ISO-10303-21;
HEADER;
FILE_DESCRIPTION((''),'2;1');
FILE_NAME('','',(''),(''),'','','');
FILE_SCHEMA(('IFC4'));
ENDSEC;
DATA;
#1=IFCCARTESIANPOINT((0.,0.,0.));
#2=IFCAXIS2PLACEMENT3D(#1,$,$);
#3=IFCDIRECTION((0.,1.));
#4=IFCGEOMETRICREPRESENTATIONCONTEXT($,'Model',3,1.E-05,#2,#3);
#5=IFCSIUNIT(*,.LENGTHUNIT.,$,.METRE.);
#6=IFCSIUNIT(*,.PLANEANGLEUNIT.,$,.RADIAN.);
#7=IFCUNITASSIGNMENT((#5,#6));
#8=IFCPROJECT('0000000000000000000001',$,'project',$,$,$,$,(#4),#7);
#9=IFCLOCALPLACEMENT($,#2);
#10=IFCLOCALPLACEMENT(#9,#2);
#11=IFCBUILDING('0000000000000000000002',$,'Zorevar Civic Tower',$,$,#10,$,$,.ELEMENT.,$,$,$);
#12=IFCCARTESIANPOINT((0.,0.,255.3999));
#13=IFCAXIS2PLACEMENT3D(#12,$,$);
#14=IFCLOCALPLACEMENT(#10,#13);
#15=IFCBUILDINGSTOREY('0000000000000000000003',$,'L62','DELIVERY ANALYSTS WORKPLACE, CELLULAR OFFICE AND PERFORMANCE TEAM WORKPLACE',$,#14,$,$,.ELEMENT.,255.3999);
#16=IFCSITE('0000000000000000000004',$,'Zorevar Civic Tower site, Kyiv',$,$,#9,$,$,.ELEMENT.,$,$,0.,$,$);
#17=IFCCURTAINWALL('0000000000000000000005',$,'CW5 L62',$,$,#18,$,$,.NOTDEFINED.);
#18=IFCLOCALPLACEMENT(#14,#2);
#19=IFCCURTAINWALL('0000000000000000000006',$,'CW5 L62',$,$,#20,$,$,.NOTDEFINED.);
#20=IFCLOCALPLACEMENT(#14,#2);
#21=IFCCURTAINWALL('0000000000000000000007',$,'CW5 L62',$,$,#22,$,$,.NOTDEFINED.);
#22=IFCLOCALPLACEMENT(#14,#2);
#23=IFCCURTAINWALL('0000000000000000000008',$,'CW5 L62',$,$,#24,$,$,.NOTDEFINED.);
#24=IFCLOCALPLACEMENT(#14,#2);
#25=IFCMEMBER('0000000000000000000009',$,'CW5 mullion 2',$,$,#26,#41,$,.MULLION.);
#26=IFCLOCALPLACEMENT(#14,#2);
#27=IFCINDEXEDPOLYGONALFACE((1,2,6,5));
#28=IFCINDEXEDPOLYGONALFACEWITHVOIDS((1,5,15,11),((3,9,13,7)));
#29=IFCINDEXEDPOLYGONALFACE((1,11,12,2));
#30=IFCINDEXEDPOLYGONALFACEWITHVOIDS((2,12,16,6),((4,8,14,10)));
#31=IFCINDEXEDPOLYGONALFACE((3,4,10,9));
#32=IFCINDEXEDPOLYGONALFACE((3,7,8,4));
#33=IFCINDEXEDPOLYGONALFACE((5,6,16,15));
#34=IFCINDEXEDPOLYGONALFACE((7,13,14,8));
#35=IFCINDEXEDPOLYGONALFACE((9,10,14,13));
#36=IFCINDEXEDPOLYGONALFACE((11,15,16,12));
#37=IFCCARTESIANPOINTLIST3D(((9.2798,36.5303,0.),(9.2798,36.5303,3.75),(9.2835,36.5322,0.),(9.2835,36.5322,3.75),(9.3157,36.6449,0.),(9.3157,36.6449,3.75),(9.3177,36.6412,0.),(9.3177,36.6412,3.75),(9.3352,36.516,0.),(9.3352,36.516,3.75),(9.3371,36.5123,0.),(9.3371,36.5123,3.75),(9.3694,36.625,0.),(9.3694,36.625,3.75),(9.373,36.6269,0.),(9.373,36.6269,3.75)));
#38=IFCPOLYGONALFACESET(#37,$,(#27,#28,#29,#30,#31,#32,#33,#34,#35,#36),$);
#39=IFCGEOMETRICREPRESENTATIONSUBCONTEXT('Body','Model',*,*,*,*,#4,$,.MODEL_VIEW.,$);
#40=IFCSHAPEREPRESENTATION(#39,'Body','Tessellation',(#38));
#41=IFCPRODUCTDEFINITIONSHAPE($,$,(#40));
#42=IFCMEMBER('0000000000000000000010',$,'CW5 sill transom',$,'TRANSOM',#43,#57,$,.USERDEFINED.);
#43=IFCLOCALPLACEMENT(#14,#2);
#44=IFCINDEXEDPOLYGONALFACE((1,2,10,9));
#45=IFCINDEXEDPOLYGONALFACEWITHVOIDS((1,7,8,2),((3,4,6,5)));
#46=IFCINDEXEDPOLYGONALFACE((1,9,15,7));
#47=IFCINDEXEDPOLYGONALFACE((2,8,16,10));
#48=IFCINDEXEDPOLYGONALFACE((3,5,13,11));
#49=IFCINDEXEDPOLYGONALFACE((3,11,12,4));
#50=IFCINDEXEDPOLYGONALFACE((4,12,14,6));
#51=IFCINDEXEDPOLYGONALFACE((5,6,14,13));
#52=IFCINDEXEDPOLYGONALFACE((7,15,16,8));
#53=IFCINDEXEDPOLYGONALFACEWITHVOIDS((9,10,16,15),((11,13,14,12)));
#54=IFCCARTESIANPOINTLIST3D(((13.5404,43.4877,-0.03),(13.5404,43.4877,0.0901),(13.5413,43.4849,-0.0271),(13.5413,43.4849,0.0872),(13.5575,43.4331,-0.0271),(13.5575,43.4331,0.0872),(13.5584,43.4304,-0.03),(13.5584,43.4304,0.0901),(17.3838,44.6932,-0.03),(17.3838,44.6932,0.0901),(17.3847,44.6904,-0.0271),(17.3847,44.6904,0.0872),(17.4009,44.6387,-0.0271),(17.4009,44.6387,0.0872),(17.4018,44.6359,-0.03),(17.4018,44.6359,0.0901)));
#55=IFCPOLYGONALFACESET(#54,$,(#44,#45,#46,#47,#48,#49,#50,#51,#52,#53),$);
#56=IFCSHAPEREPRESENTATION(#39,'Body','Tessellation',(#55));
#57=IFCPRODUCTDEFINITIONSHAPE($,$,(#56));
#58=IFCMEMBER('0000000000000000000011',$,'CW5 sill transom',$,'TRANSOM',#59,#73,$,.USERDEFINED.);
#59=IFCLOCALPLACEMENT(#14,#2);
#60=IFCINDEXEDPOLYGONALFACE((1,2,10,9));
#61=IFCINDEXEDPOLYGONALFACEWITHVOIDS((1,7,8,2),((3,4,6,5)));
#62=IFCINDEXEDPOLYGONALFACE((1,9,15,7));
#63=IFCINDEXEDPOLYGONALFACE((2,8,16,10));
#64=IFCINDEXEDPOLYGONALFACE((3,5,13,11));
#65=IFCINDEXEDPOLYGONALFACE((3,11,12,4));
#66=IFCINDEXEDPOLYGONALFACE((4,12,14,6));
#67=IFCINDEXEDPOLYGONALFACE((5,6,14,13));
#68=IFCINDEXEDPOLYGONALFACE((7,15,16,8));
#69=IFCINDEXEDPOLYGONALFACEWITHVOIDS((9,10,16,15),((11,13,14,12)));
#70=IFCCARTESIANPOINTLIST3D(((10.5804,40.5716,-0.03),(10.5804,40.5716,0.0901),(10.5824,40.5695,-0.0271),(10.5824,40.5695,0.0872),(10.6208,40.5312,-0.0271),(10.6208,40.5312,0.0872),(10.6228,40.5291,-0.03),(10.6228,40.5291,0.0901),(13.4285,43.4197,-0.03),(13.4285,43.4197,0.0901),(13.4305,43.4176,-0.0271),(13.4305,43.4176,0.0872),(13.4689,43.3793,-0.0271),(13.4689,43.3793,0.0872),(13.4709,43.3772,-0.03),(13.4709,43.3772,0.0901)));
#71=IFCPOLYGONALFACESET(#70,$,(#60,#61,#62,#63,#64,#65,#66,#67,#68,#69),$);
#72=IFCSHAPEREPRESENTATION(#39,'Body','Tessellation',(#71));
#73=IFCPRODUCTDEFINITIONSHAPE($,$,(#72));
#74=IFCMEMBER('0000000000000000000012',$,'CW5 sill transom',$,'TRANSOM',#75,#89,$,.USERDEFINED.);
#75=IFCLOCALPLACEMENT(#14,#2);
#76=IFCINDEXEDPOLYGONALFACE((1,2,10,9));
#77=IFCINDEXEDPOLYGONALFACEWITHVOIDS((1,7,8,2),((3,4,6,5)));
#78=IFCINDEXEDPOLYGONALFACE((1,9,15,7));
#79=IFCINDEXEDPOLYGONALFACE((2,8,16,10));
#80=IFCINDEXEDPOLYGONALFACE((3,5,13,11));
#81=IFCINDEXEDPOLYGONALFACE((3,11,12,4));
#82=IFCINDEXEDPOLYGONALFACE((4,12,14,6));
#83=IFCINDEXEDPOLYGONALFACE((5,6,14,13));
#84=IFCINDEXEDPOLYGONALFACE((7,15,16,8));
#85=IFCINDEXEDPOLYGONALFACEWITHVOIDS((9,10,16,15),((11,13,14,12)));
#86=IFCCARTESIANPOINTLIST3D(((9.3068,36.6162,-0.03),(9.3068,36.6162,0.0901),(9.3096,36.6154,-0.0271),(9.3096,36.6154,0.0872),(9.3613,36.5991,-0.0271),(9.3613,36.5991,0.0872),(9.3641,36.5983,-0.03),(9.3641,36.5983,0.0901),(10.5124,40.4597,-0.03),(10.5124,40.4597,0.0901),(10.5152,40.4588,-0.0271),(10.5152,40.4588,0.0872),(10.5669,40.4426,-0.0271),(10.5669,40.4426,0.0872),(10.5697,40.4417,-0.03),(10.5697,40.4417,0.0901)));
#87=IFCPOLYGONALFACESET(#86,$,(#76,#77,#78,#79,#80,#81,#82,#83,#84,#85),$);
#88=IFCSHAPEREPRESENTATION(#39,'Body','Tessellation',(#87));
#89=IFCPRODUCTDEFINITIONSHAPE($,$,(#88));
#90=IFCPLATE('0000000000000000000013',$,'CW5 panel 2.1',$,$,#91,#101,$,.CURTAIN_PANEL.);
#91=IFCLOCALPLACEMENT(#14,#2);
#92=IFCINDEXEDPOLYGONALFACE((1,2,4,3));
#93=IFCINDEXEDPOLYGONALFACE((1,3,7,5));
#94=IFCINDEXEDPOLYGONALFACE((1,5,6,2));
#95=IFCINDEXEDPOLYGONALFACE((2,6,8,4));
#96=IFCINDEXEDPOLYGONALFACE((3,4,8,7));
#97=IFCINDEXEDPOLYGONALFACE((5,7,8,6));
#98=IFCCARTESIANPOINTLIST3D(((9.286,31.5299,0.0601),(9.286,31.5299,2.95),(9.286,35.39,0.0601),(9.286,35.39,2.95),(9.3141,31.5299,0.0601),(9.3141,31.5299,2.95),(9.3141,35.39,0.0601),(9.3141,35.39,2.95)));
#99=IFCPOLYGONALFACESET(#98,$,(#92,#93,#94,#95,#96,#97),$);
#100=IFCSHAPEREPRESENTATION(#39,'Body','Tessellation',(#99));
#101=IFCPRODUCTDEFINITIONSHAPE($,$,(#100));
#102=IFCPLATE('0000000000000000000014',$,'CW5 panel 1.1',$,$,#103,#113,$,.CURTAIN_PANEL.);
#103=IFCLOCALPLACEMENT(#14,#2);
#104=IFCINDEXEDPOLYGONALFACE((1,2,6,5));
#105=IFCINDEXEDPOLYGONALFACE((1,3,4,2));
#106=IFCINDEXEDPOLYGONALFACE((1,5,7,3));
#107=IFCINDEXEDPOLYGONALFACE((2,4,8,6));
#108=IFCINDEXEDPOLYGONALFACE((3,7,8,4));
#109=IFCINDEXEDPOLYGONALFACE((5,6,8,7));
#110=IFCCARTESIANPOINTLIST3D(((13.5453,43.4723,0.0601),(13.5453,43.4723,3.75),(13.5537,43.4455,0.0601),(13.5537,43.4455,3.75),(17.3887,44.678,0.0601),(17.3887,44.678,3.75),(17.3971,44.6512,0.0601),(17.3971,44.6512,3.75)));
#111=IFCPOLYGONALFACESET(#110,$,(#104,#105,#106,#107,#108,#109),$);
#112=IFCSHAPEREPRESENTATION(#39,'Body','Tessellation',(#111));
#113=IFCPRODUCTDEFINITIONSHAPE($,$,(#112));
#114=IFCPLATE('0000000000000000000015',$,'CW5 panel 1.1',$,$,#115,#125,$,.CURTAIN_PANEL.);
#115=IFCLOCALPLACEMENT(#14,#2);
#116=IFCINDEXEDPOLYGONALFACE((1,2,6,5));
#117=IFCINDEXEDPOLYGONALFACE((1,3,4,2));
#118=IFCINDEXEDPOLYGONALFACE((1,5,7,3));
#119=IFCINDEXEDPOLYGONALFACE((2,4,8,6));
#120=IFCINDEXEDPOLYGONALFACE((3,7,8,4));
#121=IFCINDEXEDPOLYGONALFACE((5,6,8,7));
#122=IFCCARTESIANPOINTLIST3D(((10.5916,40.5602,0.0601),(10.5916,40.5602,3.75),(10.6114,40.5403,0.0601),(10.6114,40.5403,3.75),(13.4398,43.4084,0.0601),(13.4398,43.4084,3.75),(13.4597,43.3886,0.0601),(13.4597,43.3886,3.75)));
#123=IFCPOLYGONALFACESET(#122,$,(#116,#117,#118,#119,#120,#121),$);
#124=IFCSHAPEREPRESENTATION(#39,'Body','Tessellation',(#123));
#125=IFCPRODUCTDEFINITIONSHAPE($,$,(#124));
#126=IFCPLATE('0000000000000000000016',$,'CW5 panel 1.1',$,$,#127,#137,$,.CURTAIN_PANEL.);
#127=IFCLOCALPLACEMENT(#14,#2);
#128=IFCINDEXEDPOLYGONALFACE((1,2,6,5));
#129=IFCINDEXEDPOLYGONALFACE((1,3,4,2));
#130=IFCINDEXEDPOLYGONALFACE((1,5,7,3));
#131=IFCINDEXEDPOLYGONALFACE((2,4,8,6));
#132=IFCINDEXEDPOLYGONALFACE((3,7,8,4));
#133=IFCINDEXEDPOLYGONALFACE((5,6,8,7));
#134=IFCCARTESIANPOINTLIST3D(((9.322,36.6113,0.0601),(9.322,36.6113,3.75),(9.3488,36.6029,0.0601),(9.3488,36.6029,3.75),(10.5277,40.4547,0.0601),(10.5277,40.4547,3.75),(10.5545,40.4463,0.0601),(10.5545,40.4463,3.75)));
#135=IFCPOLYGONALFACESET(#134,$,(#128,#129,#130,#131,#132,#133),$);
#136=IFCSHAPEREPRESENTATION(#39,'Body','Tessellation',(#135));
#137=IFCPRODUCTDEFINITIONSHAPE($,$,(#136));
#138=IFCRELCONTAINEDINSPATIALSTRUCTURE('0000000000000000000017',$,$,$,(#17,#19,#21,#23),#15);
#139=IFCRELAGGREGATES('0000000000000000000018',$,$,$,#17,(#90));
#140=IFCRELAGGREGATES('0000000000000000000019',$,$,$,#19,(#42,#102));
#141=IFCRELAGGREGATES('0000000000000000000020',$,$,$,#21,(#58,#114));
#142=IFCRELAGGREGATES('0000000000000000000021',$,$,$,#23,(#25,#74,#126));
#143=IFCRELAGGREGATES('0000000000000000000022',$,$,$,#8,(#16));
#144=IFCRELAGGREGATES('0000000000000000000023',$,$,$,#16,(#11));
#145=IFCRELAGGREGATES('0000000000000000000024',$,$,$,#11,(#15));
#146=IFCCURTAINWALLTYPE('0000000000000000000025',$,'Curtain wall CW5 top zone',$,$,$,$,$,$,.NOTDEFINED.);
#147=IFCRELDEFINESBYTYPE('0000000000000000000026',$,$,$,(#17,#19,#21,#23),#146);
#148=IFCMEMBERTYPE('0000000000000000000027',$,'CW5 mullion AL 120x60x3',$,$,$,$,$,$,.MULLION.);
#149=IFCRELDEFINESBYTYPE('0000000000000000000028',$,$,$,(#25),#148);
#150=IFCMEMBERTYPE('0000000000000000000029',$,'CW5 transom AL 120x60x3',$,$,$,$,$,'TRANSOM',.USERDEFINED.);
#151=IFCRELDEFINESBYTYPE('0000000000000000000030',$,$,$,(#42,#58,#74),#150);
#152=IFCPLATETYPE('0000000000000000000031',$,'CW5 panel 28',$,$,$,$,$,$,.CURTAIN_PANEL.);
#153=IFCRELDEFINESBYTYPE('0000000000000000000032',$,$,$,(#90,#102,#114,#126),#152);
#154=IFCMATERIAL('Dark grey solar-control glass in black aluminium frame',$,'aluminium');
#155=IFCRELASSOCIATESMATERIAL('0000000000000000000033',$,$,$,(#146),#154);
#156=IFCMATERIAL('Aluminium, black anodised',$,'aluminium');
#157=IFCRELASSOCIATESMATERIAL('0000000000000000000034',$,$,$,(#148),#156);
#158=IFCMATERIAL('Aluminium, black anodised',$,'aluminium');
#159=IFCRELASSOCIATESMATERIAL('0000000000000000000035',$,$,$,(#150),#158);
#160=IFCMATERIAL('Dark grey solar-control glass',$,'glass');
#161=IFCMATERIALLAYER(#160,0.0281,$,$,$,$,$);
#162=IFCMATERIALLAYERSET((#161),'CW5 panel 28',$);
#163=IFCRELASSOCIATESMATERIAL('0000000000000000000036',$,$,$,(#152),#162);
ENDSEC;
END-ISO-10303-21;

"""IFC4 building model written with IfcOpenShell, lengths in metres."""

from ifc_helpers import new_model, si_unit, direction, frame, origin, origin_2d, place, context, subcontext, project, spatial, rectangle, hollow_rectangle, extrude, material, layer, layer_set, material_profile, profile_set, type_object, element, aggregate, save


model = new_model("IFC4")

# Units and contexts
model_context = context("Model", 3, precision=1e-05, world=origin(), true_north=direction((0.0, 1.0)))
body_context = subcontext(model_context, "Body", "Model", "MODEL_VIEW")
ifc_project = project(units=[si_unit("LENGTHUNIT", "METRE"), si_unit("PLANEANGLEUNIT", "RADIAN")], contexts=[model_context])

# Site, building, storey
site_placement = place(None, origin())
site = spatial("IfcSite", under=ifc_project, at=site_placement, Name="Zorevar Civic Tower site, Kyiv", CompositionType="ELEMENT", RefElevation=0.0)
building_placement = place(site_placement, origin())
building = spatial("IfcBuilding", under=site, at=building_placement, Name="Zorevar Civic Tower", CompositionType="ELEMENT")
storey_placement = place(building_placement, frame((0.0, 0.0, 255.3999)))
storey = spatial("IfcBuildingStorey", under=building, at=storey_placement, Name="L62", Description="DELIVERY ANALYSTS WORKPLACE, CELLULAR OFFICE AND PERFORMANCE TEAM WORKPLACE", CompositionType="ELEMENT", Elevation=255.3999)

# Curtain walls, member
ifc_material_1 = material(Name="Dark grey solar-control glass in black aluminium frame", Category="aluminium")
curtain_wall_type = type_object("IfcCurtainWallType", Name="Curtain wall CW5 top zone", PredefinedType="NOTDEFINED", material=ifc_material_1)
curtain_wall_1_placement = place(storey_placement, origin())
curtain_wall_1 = element("IfcCurtainWall", 1, at=curtain_wall_1_placement, inside=storey, type_object=curtain_wall_type, Name="CW5 L62", PredefinedType="NOTDEFINED")
ifc_material_2 = material(Name="Aluminium, black anodised", Category="aluminium")
ifc_material_profile_1 = material_profile(ifc_material_2, hollow_rectangle(XDim=0.0601, YDim=0.1201, WallThickness=0.0029, at=origin_2d()), Name="AL 120x60x3")
ifc_profile_set_1 = profile_set([ifc_material_profile_1], Name="Aluminium, black anodised")
member_type_1 = type_object("IfcMemberType", Name="CW5 mullion AL 120x60x3", PredefinedType="MULLION", material=ifc_profile_set_1)
curtain_wall_2_placement = place(storey_placement, origin())
curtain_wall_2 = element("IfcCurtainWall", 2, at=curtain_wall_2_placement, inside=storey, type_object=curtain_wall_type, Name="CW5 L62", PredefinedType="NOTDEFINED")
curtain_wall_3_placement = place(storey_placement, origin())
curtain_wall_3 = element("IfcCurtainWall", 3, at=curtain_wall_3_placement, inside=storey, type_object=curtain_wall_type, Name="CW5 L62", PredefinedType="NOTDEFINED")
curtain_wall_4_placement = place(storey_placement, origin())
curtain_wall_4 = element("IfcCurtainWall", 4, at=curtain_wall_4_placement, inside=storey, type_object=curtain_wall_type, Name="CW5 L62", PredefinedType="NOTDEFINED")
member_1_placement = place(storey_placement, frame((9.3264, 36.5786, 0.0), z_axis=(0.0, 0.0, 1.0), x_axis=(0.954153, -0.299318, 0.0)))
member_1 = element("IfcMember", 5, at=member_1_placement, type_object=member_type_1, Name="CW5 mullion 2", PredefinedType="MULLION", context=body_context, shape_type="SweptSolid", body=[
    extrude(hollow_rectangle(XDim=0.0601, YDim=0.1201, WallThickness=0.0029, at=origin_2d()), origin(), (0.0, 0.0, 1.0), 3.75),
])

# Members
ifc_material_3 = material(Name="Aluminium, black anodised", Category="aluminium")
ifc_material_profile_2 = material_profile(ifc_material_3, hollow_rectangle(XDim=0.0601, YDim=0.1201, WallThickness=0.0029, at=origin_2d()), Name="AL 120x60x3")
ifc_profile_set_2 = profile_set([ifc_material_profile_2], Name="Aluminium, black anodised")
member_type_2 = type_object("IfcMemberType", Name="CW5 transom AL 120x60x3", ElementType="TRANSOM", PredefinedType="USERDEFINED", material=ifc_profile_set_2)
member_2_placement = place(storey_placement, frame((17.3928, 44.6646, 0.03), z_axis=(-0.954163, -0.299286, 0.0), x_axis=(0.299286, -0.954163, 0.0)))
member_2 = element("IfcMember", 6, at=member_2_placement, type_object=member_type_2, Name="CW5 sill transom", ObjectType="TRANSOM", PredefinedType="USERDEFINED", context=body_context, shape_type="SweptSolid", body=[
    extrude(hollow_rectangle(XDim=0.0601, YDim=0.1201, WallThickness=0.0029, at=origin_2d()), origin(), (0.0, 0.0, 1.0), 4.0281),
])
member_3_placement = place(storey_placement, frame((13.4497, 43.3984, 0.03), z_axis=(-0.707107, -0.707107, 0.0), x_axis=(0.707107, -0.707107, 0.0)))
member_3 = element("IfcMember", 7, at=member_3_placement, type_object=member_type_2, Name="CW5 sill transom", ObjectType="TRANSOM", PredefinedType="USERDEFINED", context=body_context, shape_type="SweptSolid", body=[
    extrude(hollow_rectangle(XDim=0.0601, YDim=0.1201, WallThickness=0.0029, at=origin_2d()), origin(), (0.0, 0.0, 1.0), 4.0278),
])
member_4_placement = place(storey_placement, frame((10.541, 40.4507, 0.03), z_axis=(-0.299286, -0.954163, 0.0), x_axis=(0.954163, -0.299286, 0.0)))
member_4 = element("IfcMember", 8, at=member_4_placement, type_object=member_type_2, Name="CW5 sill transom", ObjectType="TRANSOM", PredefinedType="USERDEFINED", context=body_context, shape_type="SweptSolid", body=[
    extrude(hollow_rectangle(XDim=0.0601, YDim=0.1201, WallThickness=0.0029, at=origin_2d()), origin(), (0.0, 0.0, 1.0), 4.0281),
])

# Plates
ifc_material_4 = material(Name="Dark grey solar-control glass", Category="glass")
ifc_layer_1 = layer(ifc_material_4, 0.0281)
ifc_layer_set_1 = layer_set([ifc_layer_1], Name="CW5 panel 28")
plate_type = type_object("IfcPlateType", Name="CW5 panel 28", PredefinedType="CURTAIN_PANEL", material=ifc_layer_set_1)
plate_1_placement = place(storey_placement, frame((9.3, 33.46, 0.0601), z_axis=(0.0, 0.0, 1.0), x_axis=(0.0, 1.0, 0.0)))
plate_1 = element("IfcPlate", 9, at=plate_1_placement, type_object=plate_type, Name="CW5 panel 2.1", PredefinedType="CURTAIN_PANEL", context=body_context, shape_type="SweptSolid", body=[
    extrude(rectangle(XDim=3.8601, YDim=0.0281, at=origin_2d()), origin(), (0.0, 0.0, 1.0), 2.8899),
])
aggregate(curtain_wall_1, [plate_1])
plate_2_placement = place(storey_placement, frame((15.4712, 44.0618, 0.0601), z_axis=(0.0, 0.0, 1.0), x_axis=(-0.954153, -0.299318, 0.0)))
plate_2 = element("IfcPlate", 10, at=plate_2_placement, type_object=plate_type, Name="CW5 panel 1.1", PredefinedType="CURTAIN_PANEL", context=body_context, shape_type="SweptSolid", body=[
    extrude(rectangle(XDim=4.0281, YDim=0.0281, at=origin_2d()), origin(), (0.0, 0.0, 1.0), 3.6899),
])
aggregate(curtain_wall_2, [member_2, plate_2])
plate_3_placement = place(storey_placement, frame((12.0256, 41.9744, 0.0601), z_axis=(0.0, 0.0, 1.0), x_axis=(-0.707107, -0.707107, 0.0)))
plate_3 = element("IfcPlate", 11, at=plate_3_placement, type_object=plate_type, Name="CW5 panel 1.1", PredefinedType="CURTAIN_PANEL", context=body_context, shape_type="SweptSolid", body=[
    extrude(rectangle(XDim=4.0281, YDim=0.0281, at=origin_2d()), origin(), (0.0, 0.0, 1.0), 3.6899),
])
aggregate(curtain_wall_3, [member_3, plate_3])
plate_4_placement = place(storey_placement, frame((9.9382, 38.5288, 0.0601), z_axis=(0.0, 0.0, 1.0), x_axis=(-0.299318, -0.954153, 0.0)))
plate_4 = element("IfcPlate", 12, at=plate_4_placement, type_object=plate_type, Name="CW5 panel 1.1", PredefinedType="CURTAIN_PANEL", context=body_context, shape_type="SweptSolid", body=[
    extrude(rectangle(XDim=4.0281, YDim=0.0281, at=origin_2d()), origin(), (0.0, 0.0, 1.0), 3.6899),
])
aggregate(curtain_wall_4, [member_1, member_4, plate_4])

save(model, "model.ifc")
